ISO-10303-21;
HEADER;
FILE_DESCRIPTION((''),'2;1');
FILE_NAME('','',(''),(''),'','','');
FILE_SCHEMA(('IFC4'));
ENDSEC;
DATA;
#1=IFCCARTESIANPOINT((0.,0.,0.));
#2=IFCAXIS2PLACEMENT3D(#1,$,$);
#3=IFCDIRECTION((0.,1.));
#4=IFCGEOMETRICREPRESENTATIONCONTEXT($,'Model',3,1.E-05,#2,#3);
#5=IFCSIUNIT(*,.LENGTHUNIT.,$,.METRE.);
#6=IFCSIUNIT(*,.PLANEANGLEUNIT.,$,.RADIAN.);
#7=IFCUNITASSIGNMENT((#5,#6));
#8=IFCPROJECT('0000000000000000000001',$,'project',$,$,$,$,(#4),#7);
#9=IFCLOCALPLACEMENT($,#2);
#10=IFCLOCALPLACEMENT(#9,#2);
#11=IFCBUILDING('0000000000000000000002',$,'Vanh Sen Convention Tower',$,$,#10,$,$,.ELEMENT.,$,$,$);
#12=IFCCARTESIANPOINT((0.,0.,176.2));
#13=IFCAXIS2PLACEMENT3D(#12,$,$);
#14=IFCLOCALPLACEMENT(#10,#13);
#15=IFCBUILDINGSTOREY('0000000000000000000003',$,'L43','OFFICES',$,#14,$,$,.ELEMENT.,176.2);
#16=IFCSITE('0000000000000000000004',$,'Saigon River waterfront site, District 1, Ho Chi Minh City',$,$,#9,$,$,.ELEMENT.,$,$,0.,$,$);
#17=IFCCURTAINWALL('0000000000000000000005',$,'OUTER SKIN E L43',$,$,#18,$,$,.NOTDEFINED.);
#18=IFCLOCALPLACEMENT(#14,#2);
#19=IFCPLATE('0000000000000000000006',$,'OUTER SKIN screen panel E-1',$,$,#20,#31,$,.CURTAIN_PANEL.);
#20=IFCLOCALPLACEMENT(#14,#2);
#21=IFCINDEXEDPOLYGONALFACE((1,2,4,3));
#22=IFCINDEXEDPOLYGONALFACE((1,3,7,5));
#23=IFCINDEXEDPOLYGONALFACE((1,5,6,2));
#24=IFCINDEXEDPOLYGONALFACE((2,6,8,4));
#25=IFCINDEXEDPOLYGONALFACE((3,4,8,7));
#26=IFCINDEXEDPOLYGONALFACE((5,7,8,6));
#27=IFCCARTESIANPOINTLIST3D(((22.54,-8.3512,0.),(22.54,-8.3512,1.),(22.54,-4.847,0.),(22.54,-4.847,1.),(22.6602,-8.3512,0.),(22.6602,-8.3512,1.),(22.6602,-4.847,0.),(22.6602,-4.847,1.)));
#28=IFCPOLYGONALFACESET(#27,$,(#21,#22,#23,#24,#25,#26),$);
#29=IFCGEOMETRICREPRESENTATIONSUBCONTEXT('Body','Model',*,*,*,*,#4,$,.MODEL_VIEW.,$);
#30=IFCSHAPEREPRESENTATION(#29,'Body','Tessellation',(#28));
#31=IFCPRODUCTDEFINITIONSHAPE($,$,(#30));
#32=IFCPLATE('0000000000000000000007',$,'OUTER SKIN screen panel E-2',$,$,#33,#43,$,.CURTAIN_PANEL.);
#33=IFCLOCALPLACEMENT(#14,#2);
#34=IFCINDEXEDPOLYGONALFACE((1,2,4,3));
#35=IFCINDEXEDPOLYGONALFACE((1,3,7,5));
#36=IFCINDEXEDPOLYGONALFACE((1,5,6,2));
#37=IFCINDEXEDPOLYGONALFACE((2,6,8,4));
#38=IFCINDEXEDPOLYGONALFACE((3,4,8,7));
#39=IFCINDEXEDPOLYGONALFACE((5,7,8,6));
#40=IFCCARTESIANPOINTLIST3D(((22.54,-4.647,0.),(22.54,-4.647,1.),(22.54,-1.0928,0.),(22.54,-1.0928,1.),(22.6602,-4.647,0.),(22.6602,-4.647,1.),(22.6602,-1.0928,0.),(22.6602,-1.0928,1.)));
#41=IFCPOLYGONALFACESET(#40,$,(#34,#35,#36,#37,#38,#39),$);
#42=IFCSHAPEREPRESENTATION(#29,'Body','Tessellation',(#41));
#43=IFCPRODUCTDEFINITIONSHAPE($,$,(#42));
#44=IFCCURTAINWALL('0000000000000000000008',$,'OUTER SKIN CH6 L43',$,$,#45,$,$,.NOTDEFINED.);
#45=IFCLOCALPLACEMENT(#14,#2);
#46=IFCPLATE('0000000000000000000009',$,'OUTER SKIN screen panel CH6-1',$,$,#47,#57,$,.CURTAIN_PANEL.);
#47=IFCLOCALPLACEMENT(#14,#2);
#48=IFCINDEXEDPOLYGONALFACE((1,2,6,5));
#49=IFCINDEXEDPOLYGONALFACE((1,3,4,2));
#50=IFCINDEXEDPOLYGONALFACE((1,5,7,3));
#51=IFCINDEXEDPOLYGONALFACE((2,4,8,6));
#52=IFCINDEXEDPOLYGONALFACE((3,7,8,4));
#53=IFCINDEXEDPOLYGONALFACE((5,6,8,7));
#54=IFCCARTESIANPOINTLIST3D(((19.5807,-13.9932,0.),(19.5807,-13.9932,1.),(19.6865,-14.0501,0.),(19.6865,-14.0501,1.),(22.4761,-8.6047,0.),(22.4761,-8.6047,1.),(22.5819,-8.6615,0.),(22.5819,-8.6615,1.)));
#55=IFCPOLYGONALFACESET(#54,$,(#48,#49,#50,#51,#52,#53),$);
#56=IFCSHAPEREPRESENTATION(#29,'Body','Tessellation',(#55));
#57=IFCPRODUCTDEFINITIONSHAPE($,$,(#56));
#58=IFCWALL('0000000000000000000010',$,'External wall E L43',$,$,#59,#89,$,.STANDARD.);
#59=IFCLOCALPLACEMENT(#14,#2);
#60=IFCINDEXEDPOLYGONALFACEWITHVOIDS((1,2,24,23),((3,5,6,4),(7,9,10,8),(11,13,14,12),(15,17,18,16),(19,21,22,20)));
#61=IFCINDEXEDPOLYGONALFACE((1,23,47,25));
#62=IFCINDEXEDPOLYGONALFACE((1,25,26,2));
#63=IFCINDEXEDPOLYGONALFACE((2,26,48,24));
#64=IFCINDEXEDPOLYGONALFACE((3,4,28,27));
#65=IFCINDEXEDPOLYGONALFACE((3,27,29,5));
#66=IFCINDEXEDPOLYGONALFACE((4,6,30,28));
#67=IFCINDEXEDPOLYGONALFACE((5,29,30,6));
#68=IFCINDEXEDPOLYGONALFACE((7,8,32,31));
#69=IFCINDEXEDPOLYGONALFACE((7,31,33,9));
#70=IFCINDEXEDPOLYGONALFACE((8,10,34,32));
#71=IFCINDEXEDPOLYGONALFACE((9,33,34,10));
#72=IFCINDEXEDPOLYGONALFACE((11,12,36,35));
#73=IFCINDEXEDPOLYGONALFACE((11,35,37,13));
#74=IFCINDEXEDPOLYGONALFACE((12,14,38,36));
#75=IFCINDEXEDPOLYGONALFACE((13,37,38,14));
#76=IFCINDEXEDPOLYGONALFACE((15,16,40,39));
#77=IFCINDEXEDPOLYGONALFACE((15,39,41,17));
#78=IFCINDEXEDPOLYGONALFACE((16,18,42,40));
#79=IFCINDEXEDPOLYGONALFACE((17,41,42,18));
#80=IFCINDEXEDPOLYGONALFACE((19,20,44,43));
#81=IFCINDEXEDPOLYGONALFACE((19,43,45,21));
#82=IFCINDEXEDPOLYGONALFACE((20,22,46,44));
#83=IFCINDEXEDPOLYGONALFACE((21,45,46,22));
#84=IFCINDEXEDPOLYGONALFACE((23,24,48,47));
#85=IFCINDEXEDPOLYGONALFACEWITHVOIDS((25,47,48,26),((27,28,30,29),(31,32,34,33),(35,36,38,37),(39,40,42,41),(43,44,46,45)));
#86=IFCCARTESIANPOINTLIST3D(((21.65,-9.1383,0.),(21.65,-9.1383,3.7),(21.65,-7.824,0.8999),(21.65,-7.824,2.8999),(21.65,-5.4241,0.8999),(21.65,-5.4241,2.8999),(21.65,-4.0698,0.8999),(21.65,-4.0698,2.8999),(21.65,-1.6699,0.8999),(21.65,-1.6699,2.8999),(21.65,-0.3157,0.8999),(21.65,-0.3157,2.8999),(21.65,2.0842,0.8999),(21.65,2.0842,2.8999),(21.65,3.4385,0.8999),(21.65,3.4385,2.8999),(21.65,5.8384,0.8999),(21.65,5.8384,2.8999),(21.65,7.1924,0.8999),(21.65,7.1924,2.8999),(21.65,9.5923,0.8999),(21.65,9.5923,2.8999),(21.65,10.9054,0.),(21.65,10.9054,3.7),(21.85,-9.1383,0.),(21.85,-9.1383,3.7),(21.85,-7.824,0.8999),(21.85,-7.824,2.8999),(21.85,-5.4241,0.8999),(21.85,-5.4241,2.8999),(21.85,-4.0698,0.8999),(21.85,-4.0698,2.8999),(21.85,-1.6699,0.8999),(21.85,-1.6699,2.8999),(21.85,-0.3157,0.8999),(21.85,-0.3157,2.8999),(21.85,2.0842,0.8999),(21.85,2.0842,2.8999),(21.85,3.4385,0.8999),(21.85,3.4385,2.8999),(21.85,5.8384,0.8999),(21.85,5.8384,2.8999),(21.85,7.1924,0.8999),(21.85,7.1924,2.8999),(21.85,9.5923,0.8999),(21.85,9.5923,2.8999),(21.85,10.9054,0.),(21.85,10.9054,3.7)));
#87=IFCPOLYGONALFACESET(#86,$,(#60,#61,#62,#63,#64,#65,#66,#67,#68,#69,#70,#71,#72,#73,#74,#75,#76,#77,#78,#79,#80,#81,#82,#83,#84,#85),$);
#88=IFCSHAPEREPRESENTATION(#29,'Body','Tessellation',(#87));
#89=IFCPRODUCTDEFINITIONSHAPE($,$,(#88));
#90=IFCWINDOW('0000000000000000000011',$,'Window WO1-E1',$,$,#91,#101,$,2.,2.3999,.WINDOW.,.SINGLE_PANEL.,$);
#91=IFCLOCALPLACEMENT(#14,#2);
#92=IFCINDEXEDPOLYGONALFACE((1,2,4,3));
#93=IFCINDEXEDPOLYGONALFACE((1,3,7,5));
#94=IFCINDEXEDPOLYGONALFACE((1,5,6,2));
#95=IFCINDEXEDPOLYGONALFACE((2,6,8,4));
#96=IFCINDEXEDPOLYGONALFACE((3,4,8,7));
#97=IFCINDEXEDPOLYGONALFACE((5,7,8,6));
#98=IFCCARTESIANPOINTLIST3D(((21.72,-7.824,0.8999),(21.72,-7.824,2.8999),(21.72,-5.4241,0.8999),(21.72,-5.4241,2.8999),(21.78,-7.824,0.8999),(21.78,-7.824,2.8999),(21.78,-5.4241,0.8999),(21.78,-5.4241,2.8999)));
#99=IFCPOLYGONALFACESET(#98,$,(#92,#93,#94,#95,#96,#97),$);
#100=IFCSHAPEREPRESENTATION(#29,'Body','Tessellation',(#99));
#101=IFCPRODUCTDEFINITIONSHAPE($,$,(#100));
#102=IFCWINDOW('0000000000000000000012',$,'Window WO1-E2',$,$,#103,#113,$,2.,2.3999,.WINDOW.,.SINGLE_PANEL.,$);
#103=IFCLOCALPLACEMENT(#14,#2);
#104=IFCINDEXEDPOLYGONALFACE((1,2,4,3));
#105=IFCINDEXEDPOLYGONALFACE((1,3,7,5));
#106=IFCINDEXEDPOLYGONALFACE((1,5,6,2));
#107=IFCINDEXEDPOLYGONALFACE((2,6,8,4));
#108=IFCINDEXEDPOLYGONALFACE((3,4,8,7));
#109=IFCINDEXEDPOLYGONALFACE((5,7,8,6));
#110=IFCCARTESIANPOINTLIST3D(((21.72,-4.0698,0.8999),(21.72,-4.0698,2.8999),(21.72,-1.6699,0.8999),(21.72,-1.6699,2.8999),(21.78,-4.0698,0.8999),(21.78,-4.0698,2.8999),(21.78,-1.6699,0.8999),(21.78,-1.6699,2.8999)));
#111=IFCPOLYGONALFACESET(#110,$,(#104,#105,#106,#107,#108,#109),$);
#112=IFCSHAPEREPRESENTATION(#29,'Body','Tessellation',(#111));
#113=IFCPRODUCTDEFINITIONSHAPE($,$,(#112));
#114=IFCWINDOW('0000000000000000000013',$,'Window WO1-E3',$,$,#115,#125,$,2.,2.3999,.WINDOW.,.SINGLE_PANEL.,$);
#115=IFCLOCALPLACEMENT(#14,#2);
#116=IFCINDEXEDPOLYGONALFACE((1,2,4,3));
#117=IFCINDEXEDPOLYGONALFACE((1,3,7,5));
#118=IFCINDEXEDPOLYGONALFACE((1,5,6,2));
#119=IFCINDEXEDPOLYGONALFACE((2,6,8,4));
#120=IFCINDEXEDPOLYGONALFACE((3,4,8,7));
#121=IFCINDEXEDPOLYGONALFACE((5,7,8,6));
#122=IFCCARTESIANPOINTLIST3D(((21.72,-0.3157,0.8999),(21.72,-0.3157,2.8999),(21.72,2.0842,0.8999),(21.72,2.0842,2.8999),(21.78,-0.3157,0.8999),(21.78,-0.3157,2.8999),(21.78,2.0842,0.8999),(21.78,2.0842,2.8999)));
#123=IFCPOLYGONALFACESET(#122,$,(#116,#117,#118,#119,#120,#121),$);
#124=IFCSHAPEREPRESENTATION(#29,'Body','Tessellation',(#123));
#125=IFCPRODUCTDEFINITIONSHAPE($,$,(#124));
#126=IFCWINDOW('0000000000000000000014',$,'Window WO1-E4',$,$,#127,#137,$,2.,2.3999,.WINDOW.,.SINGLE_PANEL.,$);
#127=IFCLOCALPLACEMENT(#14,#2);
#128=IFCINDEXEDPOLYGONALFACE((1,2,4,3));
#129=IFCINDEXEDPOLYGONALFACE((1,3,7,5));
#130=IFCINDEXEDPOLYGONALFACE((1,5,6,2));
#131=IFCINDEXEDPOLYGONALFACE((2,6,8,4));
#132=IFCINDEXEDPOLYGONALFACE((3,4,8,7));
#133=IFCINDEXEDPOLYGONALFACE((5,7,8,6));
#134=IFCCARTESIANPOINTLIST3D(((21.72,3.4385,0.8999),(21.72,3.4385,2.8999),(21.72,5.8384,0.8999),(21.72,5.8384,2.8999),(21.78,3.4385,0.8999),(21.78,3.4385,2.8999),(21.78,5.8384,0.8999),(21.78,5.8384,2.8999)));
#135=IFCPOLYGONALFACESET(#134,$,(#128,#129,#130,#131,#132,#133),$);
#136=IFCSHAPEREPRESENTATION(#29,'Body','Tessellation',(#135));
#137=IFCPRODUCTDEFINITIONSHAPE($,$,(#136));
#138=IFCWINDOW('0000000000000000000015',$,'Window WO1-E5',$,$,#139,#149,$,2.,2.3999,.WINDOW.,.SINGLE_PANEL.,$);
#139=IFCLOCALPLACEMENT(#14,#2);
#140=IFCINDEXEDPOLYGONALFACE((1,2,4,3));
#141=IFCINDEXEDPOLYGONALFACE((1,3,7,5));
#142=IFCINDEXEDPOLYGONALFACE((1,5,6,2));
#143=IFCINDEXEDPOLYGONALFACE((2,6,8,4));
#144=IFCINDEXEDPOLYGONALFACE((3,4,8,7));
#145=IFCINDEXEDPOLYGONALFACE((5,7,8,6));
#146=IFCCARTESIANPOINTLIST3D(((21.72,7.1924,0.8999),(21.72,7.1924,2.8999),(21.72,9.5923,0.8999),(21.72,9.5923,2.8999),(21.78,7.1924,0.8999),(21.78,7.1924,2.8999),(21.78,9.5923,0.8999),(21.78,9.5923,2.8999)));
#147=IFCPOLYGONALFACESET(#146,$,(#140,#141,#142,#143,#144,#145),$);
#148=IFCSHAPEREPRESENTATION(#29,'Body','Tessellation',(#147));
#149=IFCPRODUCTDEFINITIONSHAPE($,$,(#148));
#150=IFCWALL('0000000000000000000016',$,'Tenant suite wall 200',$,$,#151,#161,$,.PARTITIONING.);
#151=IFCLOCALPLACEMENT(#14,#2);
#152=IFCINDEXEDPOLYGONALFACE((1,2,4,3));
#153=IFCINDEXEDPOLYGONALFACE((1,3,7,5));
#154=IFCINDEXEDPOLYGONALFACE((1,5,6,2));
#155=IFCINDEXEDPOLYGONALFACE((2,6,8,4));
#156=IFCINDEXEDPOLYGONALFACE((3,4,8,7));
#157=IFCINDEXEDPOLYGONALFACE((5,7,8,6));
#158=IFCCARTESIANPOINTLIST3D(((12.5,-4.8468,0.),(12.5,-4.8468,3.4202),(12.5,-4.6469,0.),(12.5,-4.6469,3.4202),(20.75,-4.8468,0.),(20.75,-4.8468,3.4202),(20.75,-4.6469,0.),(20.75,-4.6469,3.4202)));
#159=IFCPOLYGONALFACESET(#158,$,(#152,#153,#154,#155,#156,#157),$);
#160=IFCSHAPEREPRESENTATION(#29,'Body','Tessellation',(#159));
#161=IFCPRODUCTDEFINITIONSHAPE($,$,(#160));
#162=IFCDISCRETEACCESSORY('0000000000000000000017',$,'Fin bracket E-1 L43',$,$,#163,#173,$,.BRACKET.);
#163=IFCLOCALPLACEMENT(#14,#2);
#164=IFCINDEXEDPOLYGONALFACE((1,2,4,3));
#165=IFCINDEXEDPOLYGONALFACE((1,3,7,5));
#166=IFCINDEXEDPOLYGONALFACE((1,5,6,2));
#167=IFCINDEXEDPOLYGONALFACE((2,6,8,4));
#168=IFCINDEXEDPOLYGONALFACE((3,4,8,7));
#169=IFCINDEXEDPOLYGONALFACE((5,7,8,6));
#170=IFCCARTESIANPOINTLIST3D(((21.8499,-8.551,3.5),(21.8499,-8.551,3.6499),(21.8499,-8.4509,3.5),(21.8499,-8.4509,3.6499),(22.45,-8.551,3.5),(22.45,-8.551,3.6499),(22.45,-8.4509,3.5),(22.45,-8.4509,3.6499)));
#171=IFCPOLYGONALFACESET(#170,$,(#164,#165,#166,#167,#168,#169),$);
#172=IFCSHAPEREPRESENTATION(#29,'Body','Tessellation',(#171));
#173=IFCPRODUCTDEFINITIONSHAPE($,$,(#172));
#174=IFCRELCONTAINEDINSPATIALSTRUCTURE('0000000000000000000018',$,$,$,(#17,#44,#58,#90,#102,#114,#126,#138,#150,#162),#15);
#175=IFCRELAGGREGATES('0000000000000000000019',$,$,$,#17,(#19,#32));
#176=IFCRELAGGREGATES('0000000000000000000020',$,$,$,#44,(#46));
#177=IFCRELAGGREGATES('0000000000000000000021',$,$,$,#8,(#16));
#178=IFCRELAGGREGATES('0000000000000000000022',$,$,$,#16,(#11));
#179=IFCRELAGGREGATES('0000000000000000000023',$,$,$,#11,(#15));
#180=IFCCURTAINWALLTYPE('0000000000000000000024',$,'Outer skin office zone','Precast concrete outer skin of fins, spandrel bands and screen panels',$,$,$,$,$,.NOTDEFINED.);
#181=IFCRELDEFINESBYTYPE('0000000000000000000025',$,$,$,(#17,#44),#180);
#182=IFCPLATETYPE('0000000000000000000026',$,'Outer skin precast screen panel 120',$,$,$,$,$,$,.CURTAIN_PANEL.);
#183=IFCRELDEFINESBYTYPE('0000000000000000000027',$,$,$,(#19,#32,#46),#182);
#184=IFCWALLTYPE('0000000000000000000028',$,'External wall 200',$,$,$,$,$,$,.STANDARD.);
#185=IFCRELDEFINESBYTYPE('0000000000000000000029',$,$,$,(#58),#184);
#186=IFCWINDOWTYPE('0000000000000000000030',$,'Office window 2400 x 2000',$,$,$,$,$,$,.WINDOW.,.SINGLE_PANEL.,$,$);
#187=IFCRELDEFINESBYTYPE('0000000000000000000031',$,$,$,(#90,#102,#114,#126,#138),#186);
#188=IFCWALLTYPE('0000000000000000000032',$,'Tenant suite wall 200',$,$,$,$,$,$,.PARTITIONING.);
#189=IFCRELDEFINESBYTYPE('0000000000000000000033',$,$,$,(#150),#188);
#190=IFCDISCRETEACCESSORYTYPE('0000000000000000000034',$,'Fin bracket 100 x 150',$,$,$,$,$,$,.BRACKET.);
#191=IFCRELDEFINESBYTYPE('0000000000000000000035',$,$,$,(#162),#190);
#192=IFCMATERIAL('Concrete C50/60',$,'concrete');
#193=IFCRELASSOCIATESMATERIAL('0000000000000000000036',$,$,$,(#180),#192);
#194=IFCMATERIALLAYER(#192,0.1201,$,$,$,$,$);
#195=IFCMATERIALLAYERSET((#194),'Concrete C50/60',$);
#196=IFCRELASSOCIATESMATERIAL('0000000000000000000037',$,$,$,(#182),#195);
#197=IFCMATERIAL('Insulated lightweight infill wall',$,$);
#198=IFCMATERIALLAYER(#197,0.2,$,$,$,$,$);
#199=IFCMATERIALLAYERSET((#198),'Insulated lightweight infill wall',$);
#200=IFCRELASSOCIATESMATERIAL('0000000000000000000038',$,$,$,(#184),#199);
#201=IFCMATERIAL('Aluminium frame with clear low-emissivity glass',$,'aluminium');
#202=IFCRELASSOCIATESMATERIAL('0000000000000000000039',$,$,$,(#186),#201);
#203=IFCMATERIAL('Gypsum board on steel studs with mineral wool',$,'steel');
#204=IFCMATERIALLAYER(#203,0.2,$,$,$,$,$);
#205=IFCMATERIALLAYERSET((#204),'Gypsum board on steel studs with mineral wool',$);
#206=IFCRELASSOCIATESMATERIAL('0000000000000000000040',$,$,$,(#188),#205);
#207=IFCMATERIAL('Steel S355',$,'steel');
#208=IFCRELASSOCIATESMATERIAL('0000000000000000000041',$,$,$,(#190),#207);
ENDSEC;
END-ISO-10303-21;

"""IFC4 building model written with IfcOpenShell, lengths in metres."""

from ifc_helpers import new_model, si_unit, direction, frame, frame_2d, origin, origin_2d, place, context, subcontext, project, spatial, rectangle, extrude, material, layer, layer_set, type_object, element, fill, aggregate, save


model = new_model("IFC4")

# Units and contexts
model_context = context("Model", 3, precision=1e-05, world=origin(), true_north=direction((0.0, 1.0)))
body_context = subcontext(model_context, "Body", "Model", "MODEL_VIEW")
ifc_project = project(units=[si_unit("LENGTHUNIT", "METRE"), si_unit("PLANEANGLEUNIT", "RADIAN")], contexts=[model_context])

# Site, building, storey
site_placement = place(None, origin())
site = spatial("IfcSite", under=ifc_project, at=site_placement, Name="Saigon River waterfront site, District 1, Ho Chi Minh City", CompositionType="ELEMENT", RefElevation=0.0)
building_placement = place(site_placement, origin())
building = spatial("IfcBuilding", under=site, at=building_placement, Name="Vanh Sen Convention Tower", CompositionType="ELEMENT")
storey_placement = place(building_placement, frame((0.0, 0.0, 176.2)))
storey = spatial("IfcBuildingStorey", under=building, at=storey_placement, Name="L43", Description="OFFICES", CompositionType="ELEMENT", Elevation=176.2)

# Curtain wall
ifc_material_1 = material(Name="Concrete C50/60", Category="concrete")
curtain_wall_type = type_object("IfcCurtainWallType", Name="Outer skin office zone", Description="Precast concrete outer skin of fins, spandrel bands and screen panels", PredefinedType="NOTDEFINED", material=ifc_material_1)
curtain_wall_1_placement = place(storey_placement, origin())
curtain_wall_1 = element("IfcCurtainWall", 1, at=curtain_wall_1_placement, inside=storey, type_object=curtain_wall_type, Name="OUTER SKIN E L43", PredefinedType="NOTDEFINED")

# Plates
ifc_layer_1 = layer(ifc_material_1, 0.1201)
ifc_layer_set_1 = layer_set([ifc_layer_1], Name="Concrete C50/60")
plate_type = type_object("IfcPlateType", Name="Outer skin precast screen panel 120", PredefinedType="CURTAIN_PANEL", material=ifc_layer_set_1)
plate_1_placement = place(storey_placement, frame((22.6001, -6.5991, 0.0), z_axis=(0.0, 0.0, 1.0), x_axis=(0.0, 1.0, 0.0)))
plate_1 = element("IfcPlate", 2, at=plate_1_placement, type_object=plate_type, Name="OUTER SKIN screen panel E-1", PredefinedType="CURTAIN_PANEL", context=body_context, shape_type="SweptSolid", body=[
    extrude(rectangle(XDim=3.5042, YDim=0.1201, at=origin_2d()), origin(), (0.0, 0.0, 1.0), 1.0),
])
plate_2_placement = place(storey_placement, frame((22.6001, -2.8699, 0.0), z_axis=(0.0, 0.0, 1.0), x_axis=(0.0, 1.0, 0.0)))
plate_2 = element("IfcPlate", 3, at=plate_2_placement, type_object=plate_type, Name="OUTER SKIN screen panel E-2", PredefinedType="CURTAIN_PANEL", context=body_context, shape_type="SweptSolid", body=[
    extrude(rectangle(XDim=3.5542, YDim=0.1201, at=origin_2d()), origin(), (0.0, 0.0, 1.0), 1.0),
])
aggregate(curtain_wall_1, [plate_1, plate_2])

# Curtain wall, plate
curtain_wall_2_placement = place(storey_placement, origin())
curtain_wall_2 = element("IfcCurtainWall", 4, at=curtain_wall_2_placement, inside=storey, type_object=curtain_wall_type, Name="OUTER SKIN CH6 L43", PredefinedType="NOTDEFINED")
plate_3_placement = place(storey_placement, frame((21.0813, -11.3274, 0.0), z_axis=(0.0, 0.0, 1.0), x_axis=(0.473321, 0.88089, 0.0)))
plate_3 = element("IfcPlate", 5, at=plate_3_placement, type_object=plate_type, Name="OUTER SKIN screen panel CH6-1", PredefinedType="CURTAIN_PANEL", context=body_context, shape_type="SweptSolid", body=[
    extrude(rectangle(XDim=6.1172, YDim=0.1201, at=origin_2d()), origin(), (0.0, 0.0, 1.0), 1.0),
])
aggregate(curtain_wall_2, [plate_3])

# Wall, openings, windows
ifc_material_2 = material(Name="Insulated lightweight infill wall")
ifc_layer_2 = layer(ifc_material_2, 0.2)
ifc_layer_set_2 = layer_set([ifc_layer_2], Name="Insulated lightweight infill wall")
wall_type_1 = type_object("IfcWallType", Name="External wall 200", PredefinedType="STANDARD", material=ifc_layer_set_2)
wall_1_placement = place(storey_placement, frame((21.75, -9.1384, 0.0), z_axis=(0.0, 0.0, 1.0), x_axis=(0.0, 1.0, 0.0)))
wall_1 = element("IfcWall", 6, at=wall_1_placement, inside=storey, type_object=wall_type_1, Name="External wall E L43", PredefinedType="STANDARD", context=body_context, shape_type="SweptSolid", body=[
    extrude(rectangle(XDim=20.0437, YDim=0.2, at=frame_2d((10.022, 0.0))), origin(), (0.0, 0.0, 1.0), 3.7),
])
opening_1_placement = place(wall_1_placement, frame((1.3145, 0.0, 0.8999)))
opening_1 = element("IfcOpeningElement", 7, at=opening_1_placement, cuts=wall_1, PredefinedType="OPENING", context=body_context, shape_type="SweptSolid", body=[
    extrude(rectangle(XDim=2.3999, YDim=2.0, at=frame_2d((1.2, 1.0))), frame((0.0, 0.1099, 0.0), z_axis=(0.0, -1.0, 0.0), x_axis=(1.0, 0.0, 0.0)), (0.0, 0.0, 1.0), 0.22),
])
opening_2_placement = place(wall_1_placement, frame((5.0686, 0.0, 0.8999)))
opening_2 = element("IfcOpeningElement", 8, at=opening_2_placement, cuts=wall_1, PredefinedType="OPENING", context=body_context, shape_type="SweptSolid", body=[
    extrude(rectangle(XDim=2.3999, YDim=2.0, at=frame_2d((1.2, 1.0))), frame((0.0, 0.1099, 0.0), z_axis=(0.0, -1.0, 0.0), x_axis=(1.0, 0.0, 0.0)), (0.0, 0.0, 1.0), 0.22),
])
opening_3_placement = place(wall_1_placement, frame((8.8228, 0.0, 0.8999)))
opening_3 = element("IfcOpeningElement", 9, at=opening_3_placement, cuts=wall_1, PredefinedType="OPENING", context=body_context, shape_type="SweptSolid", body=[
    extrude(rectangle(XDim=2.3999, YDim=2.0, at=frame_2d((1.2, 1.0))), frame((0.0, 0.1099, 0.0), z_axis=(0.0, -1.0, 0.0), x_axis=(1.0, 0.0, 0.0)), (0.0, 0.0, 1.0), 0.22),
])
opening_4_placement = place(wall_1_placement, frame((12.5769, 0.0, 0.8999)))
opening_4 = element("IfcOpeningElement", 10, at=opening_4_placement, cuts=wall_1, PredefinedType="OPENING", context=body_context, shape_type="SweptSolid", body=[
    extrude(rectangle(XDim=2.3999, YDim=2.0, at=frame_2d((1.2, 1.0))), frame((0.0, 0.1099, 0.0), z_axis=(0.0, -1.0, 0.0), x_axis=(1.0, 0.0, 0.0)), (0.0, 0.0, 1.0), 0.22),
])
opening_5_placement = place(wall_1_placement, frame((16.3308, 0.0, 0.8999)))
opening_5 = element("IfcOpeningElement", 11, at=opening_5_placement, cuts=wall_1, PredefinedType="OPENING", context=body_context, shape_type="SweptSolid", body=[
    extrude(rectangle(XDim=2.3999, YDim=2.0, at=frame_2d((1.2, 1.0))), frame((0.0, 0.1099, 0.0), z_axis=(0.0, -1.0, 0.0), x_axis=(1.0, 0.0, 0.0)), (0.0, 0.0, 1.0), 0.22),
])
ifc_material_3 = material(Name="Aluminium frame with clear low-emissivity glass", Category="aluminium")
window_type = type_object("IfcWindowType", Name="Office window 2400 x 2000", PartitioningType="SINGLE_PANEL", PredefinedType="WINDOW", material=ifc_material_3)
window_1_placement = place(opening_1_placement, origin())
window_1 = element("IfcWindow", 12, at=window_1_placement, inside=storey, type_object=window_type, Name="Window WO1-E1", OverallHeight=2.0, OverallWidth=2.3999, PartitioningType="SINGLE_PANEL", PredefinedType="WINDOW", context=body_context, shape_type="SweptSolid", body=[
    extrude(rectangle(XDim=2.3999, YDim=2.0, at=frame_2d((1.2, 1.0))), frame((0.0, 0.03, 0.0), z_axis=(0.0, -1.0, 0.0), x_axis=(1.0, 0.0, 0.0)), (0.0, 0.0, 1.0), 0.0601),
])
fill(opening_1, window_1)
window_2_placement = place(opening_2_placement, origin())
window_2 = element("IfcWindow", 13, at=window_2_placement, inside=storey, type_object=window_type, Name="Window WO1-E2", OverallHeight=2.0, OverallWidth=2.3999, PartitioningType="SINGLE_PANEL", PredefinedType="WINDOW", context=body_context, shape_type="SweptSolid", body=[
    extrude(rectangle(XDim=2.3999, YDim=2.0, at=frame_2d((1.2, 1.0))), frame((0.0, 0.03, 0.0), z_axis=(0.0, -1.0, 0.0), x_axis=(1.0, 0.0, 0.0)), (0.0, 0.0, 1.0), 0.0601),
])
fill(opening_2, window_2)
window_3_placement = place(opening_3_placement, origin())
window_3 = element("IfcWindow", 14, at=window_3_placement, inside=storey, type_object=window_type, Name="Window WO1-E3", OverallHeight=2.0, OverallWidth=2.3999, PartitioningType="SINGLE_PANEL", PredefinedType="WINDOW", context=body_context, shape_type="SweptSolid", body=[
    extrude(rectangle(XDim=2.3999, YDim=2.0, at=frame_2d((1.2, 1.0))), frame((0.0, 0.03, 0.0), z_axis=(0.0, -1.0, 0.0), x_axis=(1.0, 0.0, 0.0)), (0.0, 0.0, 1.0), 0.0601),
])
fill(opening_3, window_3)
window_4_placement = place(opening_4_placement, origin())
window_4 = element("IfcWindow", 15, at=window_4_placement, inside=storey, type_object=window_type, Name="Window WO1-E4", OverallHeight=2.0, OverallWidth=2.3999, PartitioningType="SINGLE_PANEL", PredefinedType="WINDOW", context=body_context, shape_type="SweptSolid", body=[
    extrude(rectangle(XDim=2.3999, YDim=2.0, at=frame_2d((1.2, 1.0))), frame((0.0, 0.03, 0.0), z_axis=(0.0, -1.0, 0.0), x_axis=(1.0, 0.0, 0.0)), (0.0, 0.0, 1.0), 0.0601),
])
fill(opening_4, window_4)
window_5_placement = place(opening_5_placement, origin())
window_5 = element("IfcWindow", 16, at=window_5_placement, inside=storey, type_object=window_type, Name="Window WO1-E5", OverallHeight=2.0, OverallWidth=2.3999, PartitioningType="SINGLE_PANEL", PredefinedType="WINDOW", context=body_context, shape_type="SweptSolid", body=[
    extrude(rectangle(XDim=2.3999, YDim=2.0, at=frame_2d((1.2, 1.0))), frame((0.0, 0.03, 0.0), z_axis=(0.0, -1.0, 0.0), x_axis=(1.0, 0.0, 0.0)), (0.0, 0.0, 1.0), 0.0601),
])
fill(opening_5, window_5)

# Wall
ifc_material_4 = material(Name="Gypsum board on steel studs with mineral wool", Category="steel")
ifc_layer_3 = layer(ifc_material_4, 0.2)
ifc_layer_set_3 = layer_set([ifc_layer_3], Name="Gypsum board on steel studs with mineral wool")
wall_type_2 = type_object("IfcWallType", Name="Tenant suite wall 200", PredefinedType="PARTITIONING", material=ifc_layer_set_3)
wall_2_placement = place(storey_placement, frame((20.75, -4.7468, 0.0), z_axis=(0.0, 0.0, 1.0), x_axis=(-1.0, 0.0, 0.0)))
element("IfcWall", 17, at=wall_2_placement, inside=storey, type_object=wall_type_2, Name="Tenant suite wall 200", PredefinedType="PARTITIONING", context=body_context, shape_type="SweptSolid", body=[
    extrude(rectangle(XDim=8.25, YDim=0.2, at=frame_2d((4.125, 0.0))), origin(), (0.0, 0.0, 1.0), 3.4202),
])

# Discrete accessory
ifc_material_5 = material(Name="Steel S355", Category="steel")
discrete_accessory_type = type_object("IfcDiscreteAccessoryType", Name="Fin bracket 100 x 150", PredefinedType="BRACKET", material=ifc_material_5)
for number, where, z_axis, x_axis, name in (
    (18, (22.1499, -8.501, 3.5), (0.0, 0.0, 1.0), (1.0, 0.0, 0.0), "Fin bracket E-1 L43"),
):
    element("IfcDiscreteAccessory", number, at=place(storey_placement, frame(where, z_axis=z_axis, x_axis=x_axis)), inside=storey, type_object=discrete_accessory_type, Name=name, PredefinedType="BRACKET", context=body_context, shape_type="SweptSolid", body=[
        extrude(rectangle(XDim=0.6001, YDim=0.1001, at=origin_2d()), origin(), (0.0, 0.0, 1.0), 0.1499),
    ])

save(model, "model.ifc")
